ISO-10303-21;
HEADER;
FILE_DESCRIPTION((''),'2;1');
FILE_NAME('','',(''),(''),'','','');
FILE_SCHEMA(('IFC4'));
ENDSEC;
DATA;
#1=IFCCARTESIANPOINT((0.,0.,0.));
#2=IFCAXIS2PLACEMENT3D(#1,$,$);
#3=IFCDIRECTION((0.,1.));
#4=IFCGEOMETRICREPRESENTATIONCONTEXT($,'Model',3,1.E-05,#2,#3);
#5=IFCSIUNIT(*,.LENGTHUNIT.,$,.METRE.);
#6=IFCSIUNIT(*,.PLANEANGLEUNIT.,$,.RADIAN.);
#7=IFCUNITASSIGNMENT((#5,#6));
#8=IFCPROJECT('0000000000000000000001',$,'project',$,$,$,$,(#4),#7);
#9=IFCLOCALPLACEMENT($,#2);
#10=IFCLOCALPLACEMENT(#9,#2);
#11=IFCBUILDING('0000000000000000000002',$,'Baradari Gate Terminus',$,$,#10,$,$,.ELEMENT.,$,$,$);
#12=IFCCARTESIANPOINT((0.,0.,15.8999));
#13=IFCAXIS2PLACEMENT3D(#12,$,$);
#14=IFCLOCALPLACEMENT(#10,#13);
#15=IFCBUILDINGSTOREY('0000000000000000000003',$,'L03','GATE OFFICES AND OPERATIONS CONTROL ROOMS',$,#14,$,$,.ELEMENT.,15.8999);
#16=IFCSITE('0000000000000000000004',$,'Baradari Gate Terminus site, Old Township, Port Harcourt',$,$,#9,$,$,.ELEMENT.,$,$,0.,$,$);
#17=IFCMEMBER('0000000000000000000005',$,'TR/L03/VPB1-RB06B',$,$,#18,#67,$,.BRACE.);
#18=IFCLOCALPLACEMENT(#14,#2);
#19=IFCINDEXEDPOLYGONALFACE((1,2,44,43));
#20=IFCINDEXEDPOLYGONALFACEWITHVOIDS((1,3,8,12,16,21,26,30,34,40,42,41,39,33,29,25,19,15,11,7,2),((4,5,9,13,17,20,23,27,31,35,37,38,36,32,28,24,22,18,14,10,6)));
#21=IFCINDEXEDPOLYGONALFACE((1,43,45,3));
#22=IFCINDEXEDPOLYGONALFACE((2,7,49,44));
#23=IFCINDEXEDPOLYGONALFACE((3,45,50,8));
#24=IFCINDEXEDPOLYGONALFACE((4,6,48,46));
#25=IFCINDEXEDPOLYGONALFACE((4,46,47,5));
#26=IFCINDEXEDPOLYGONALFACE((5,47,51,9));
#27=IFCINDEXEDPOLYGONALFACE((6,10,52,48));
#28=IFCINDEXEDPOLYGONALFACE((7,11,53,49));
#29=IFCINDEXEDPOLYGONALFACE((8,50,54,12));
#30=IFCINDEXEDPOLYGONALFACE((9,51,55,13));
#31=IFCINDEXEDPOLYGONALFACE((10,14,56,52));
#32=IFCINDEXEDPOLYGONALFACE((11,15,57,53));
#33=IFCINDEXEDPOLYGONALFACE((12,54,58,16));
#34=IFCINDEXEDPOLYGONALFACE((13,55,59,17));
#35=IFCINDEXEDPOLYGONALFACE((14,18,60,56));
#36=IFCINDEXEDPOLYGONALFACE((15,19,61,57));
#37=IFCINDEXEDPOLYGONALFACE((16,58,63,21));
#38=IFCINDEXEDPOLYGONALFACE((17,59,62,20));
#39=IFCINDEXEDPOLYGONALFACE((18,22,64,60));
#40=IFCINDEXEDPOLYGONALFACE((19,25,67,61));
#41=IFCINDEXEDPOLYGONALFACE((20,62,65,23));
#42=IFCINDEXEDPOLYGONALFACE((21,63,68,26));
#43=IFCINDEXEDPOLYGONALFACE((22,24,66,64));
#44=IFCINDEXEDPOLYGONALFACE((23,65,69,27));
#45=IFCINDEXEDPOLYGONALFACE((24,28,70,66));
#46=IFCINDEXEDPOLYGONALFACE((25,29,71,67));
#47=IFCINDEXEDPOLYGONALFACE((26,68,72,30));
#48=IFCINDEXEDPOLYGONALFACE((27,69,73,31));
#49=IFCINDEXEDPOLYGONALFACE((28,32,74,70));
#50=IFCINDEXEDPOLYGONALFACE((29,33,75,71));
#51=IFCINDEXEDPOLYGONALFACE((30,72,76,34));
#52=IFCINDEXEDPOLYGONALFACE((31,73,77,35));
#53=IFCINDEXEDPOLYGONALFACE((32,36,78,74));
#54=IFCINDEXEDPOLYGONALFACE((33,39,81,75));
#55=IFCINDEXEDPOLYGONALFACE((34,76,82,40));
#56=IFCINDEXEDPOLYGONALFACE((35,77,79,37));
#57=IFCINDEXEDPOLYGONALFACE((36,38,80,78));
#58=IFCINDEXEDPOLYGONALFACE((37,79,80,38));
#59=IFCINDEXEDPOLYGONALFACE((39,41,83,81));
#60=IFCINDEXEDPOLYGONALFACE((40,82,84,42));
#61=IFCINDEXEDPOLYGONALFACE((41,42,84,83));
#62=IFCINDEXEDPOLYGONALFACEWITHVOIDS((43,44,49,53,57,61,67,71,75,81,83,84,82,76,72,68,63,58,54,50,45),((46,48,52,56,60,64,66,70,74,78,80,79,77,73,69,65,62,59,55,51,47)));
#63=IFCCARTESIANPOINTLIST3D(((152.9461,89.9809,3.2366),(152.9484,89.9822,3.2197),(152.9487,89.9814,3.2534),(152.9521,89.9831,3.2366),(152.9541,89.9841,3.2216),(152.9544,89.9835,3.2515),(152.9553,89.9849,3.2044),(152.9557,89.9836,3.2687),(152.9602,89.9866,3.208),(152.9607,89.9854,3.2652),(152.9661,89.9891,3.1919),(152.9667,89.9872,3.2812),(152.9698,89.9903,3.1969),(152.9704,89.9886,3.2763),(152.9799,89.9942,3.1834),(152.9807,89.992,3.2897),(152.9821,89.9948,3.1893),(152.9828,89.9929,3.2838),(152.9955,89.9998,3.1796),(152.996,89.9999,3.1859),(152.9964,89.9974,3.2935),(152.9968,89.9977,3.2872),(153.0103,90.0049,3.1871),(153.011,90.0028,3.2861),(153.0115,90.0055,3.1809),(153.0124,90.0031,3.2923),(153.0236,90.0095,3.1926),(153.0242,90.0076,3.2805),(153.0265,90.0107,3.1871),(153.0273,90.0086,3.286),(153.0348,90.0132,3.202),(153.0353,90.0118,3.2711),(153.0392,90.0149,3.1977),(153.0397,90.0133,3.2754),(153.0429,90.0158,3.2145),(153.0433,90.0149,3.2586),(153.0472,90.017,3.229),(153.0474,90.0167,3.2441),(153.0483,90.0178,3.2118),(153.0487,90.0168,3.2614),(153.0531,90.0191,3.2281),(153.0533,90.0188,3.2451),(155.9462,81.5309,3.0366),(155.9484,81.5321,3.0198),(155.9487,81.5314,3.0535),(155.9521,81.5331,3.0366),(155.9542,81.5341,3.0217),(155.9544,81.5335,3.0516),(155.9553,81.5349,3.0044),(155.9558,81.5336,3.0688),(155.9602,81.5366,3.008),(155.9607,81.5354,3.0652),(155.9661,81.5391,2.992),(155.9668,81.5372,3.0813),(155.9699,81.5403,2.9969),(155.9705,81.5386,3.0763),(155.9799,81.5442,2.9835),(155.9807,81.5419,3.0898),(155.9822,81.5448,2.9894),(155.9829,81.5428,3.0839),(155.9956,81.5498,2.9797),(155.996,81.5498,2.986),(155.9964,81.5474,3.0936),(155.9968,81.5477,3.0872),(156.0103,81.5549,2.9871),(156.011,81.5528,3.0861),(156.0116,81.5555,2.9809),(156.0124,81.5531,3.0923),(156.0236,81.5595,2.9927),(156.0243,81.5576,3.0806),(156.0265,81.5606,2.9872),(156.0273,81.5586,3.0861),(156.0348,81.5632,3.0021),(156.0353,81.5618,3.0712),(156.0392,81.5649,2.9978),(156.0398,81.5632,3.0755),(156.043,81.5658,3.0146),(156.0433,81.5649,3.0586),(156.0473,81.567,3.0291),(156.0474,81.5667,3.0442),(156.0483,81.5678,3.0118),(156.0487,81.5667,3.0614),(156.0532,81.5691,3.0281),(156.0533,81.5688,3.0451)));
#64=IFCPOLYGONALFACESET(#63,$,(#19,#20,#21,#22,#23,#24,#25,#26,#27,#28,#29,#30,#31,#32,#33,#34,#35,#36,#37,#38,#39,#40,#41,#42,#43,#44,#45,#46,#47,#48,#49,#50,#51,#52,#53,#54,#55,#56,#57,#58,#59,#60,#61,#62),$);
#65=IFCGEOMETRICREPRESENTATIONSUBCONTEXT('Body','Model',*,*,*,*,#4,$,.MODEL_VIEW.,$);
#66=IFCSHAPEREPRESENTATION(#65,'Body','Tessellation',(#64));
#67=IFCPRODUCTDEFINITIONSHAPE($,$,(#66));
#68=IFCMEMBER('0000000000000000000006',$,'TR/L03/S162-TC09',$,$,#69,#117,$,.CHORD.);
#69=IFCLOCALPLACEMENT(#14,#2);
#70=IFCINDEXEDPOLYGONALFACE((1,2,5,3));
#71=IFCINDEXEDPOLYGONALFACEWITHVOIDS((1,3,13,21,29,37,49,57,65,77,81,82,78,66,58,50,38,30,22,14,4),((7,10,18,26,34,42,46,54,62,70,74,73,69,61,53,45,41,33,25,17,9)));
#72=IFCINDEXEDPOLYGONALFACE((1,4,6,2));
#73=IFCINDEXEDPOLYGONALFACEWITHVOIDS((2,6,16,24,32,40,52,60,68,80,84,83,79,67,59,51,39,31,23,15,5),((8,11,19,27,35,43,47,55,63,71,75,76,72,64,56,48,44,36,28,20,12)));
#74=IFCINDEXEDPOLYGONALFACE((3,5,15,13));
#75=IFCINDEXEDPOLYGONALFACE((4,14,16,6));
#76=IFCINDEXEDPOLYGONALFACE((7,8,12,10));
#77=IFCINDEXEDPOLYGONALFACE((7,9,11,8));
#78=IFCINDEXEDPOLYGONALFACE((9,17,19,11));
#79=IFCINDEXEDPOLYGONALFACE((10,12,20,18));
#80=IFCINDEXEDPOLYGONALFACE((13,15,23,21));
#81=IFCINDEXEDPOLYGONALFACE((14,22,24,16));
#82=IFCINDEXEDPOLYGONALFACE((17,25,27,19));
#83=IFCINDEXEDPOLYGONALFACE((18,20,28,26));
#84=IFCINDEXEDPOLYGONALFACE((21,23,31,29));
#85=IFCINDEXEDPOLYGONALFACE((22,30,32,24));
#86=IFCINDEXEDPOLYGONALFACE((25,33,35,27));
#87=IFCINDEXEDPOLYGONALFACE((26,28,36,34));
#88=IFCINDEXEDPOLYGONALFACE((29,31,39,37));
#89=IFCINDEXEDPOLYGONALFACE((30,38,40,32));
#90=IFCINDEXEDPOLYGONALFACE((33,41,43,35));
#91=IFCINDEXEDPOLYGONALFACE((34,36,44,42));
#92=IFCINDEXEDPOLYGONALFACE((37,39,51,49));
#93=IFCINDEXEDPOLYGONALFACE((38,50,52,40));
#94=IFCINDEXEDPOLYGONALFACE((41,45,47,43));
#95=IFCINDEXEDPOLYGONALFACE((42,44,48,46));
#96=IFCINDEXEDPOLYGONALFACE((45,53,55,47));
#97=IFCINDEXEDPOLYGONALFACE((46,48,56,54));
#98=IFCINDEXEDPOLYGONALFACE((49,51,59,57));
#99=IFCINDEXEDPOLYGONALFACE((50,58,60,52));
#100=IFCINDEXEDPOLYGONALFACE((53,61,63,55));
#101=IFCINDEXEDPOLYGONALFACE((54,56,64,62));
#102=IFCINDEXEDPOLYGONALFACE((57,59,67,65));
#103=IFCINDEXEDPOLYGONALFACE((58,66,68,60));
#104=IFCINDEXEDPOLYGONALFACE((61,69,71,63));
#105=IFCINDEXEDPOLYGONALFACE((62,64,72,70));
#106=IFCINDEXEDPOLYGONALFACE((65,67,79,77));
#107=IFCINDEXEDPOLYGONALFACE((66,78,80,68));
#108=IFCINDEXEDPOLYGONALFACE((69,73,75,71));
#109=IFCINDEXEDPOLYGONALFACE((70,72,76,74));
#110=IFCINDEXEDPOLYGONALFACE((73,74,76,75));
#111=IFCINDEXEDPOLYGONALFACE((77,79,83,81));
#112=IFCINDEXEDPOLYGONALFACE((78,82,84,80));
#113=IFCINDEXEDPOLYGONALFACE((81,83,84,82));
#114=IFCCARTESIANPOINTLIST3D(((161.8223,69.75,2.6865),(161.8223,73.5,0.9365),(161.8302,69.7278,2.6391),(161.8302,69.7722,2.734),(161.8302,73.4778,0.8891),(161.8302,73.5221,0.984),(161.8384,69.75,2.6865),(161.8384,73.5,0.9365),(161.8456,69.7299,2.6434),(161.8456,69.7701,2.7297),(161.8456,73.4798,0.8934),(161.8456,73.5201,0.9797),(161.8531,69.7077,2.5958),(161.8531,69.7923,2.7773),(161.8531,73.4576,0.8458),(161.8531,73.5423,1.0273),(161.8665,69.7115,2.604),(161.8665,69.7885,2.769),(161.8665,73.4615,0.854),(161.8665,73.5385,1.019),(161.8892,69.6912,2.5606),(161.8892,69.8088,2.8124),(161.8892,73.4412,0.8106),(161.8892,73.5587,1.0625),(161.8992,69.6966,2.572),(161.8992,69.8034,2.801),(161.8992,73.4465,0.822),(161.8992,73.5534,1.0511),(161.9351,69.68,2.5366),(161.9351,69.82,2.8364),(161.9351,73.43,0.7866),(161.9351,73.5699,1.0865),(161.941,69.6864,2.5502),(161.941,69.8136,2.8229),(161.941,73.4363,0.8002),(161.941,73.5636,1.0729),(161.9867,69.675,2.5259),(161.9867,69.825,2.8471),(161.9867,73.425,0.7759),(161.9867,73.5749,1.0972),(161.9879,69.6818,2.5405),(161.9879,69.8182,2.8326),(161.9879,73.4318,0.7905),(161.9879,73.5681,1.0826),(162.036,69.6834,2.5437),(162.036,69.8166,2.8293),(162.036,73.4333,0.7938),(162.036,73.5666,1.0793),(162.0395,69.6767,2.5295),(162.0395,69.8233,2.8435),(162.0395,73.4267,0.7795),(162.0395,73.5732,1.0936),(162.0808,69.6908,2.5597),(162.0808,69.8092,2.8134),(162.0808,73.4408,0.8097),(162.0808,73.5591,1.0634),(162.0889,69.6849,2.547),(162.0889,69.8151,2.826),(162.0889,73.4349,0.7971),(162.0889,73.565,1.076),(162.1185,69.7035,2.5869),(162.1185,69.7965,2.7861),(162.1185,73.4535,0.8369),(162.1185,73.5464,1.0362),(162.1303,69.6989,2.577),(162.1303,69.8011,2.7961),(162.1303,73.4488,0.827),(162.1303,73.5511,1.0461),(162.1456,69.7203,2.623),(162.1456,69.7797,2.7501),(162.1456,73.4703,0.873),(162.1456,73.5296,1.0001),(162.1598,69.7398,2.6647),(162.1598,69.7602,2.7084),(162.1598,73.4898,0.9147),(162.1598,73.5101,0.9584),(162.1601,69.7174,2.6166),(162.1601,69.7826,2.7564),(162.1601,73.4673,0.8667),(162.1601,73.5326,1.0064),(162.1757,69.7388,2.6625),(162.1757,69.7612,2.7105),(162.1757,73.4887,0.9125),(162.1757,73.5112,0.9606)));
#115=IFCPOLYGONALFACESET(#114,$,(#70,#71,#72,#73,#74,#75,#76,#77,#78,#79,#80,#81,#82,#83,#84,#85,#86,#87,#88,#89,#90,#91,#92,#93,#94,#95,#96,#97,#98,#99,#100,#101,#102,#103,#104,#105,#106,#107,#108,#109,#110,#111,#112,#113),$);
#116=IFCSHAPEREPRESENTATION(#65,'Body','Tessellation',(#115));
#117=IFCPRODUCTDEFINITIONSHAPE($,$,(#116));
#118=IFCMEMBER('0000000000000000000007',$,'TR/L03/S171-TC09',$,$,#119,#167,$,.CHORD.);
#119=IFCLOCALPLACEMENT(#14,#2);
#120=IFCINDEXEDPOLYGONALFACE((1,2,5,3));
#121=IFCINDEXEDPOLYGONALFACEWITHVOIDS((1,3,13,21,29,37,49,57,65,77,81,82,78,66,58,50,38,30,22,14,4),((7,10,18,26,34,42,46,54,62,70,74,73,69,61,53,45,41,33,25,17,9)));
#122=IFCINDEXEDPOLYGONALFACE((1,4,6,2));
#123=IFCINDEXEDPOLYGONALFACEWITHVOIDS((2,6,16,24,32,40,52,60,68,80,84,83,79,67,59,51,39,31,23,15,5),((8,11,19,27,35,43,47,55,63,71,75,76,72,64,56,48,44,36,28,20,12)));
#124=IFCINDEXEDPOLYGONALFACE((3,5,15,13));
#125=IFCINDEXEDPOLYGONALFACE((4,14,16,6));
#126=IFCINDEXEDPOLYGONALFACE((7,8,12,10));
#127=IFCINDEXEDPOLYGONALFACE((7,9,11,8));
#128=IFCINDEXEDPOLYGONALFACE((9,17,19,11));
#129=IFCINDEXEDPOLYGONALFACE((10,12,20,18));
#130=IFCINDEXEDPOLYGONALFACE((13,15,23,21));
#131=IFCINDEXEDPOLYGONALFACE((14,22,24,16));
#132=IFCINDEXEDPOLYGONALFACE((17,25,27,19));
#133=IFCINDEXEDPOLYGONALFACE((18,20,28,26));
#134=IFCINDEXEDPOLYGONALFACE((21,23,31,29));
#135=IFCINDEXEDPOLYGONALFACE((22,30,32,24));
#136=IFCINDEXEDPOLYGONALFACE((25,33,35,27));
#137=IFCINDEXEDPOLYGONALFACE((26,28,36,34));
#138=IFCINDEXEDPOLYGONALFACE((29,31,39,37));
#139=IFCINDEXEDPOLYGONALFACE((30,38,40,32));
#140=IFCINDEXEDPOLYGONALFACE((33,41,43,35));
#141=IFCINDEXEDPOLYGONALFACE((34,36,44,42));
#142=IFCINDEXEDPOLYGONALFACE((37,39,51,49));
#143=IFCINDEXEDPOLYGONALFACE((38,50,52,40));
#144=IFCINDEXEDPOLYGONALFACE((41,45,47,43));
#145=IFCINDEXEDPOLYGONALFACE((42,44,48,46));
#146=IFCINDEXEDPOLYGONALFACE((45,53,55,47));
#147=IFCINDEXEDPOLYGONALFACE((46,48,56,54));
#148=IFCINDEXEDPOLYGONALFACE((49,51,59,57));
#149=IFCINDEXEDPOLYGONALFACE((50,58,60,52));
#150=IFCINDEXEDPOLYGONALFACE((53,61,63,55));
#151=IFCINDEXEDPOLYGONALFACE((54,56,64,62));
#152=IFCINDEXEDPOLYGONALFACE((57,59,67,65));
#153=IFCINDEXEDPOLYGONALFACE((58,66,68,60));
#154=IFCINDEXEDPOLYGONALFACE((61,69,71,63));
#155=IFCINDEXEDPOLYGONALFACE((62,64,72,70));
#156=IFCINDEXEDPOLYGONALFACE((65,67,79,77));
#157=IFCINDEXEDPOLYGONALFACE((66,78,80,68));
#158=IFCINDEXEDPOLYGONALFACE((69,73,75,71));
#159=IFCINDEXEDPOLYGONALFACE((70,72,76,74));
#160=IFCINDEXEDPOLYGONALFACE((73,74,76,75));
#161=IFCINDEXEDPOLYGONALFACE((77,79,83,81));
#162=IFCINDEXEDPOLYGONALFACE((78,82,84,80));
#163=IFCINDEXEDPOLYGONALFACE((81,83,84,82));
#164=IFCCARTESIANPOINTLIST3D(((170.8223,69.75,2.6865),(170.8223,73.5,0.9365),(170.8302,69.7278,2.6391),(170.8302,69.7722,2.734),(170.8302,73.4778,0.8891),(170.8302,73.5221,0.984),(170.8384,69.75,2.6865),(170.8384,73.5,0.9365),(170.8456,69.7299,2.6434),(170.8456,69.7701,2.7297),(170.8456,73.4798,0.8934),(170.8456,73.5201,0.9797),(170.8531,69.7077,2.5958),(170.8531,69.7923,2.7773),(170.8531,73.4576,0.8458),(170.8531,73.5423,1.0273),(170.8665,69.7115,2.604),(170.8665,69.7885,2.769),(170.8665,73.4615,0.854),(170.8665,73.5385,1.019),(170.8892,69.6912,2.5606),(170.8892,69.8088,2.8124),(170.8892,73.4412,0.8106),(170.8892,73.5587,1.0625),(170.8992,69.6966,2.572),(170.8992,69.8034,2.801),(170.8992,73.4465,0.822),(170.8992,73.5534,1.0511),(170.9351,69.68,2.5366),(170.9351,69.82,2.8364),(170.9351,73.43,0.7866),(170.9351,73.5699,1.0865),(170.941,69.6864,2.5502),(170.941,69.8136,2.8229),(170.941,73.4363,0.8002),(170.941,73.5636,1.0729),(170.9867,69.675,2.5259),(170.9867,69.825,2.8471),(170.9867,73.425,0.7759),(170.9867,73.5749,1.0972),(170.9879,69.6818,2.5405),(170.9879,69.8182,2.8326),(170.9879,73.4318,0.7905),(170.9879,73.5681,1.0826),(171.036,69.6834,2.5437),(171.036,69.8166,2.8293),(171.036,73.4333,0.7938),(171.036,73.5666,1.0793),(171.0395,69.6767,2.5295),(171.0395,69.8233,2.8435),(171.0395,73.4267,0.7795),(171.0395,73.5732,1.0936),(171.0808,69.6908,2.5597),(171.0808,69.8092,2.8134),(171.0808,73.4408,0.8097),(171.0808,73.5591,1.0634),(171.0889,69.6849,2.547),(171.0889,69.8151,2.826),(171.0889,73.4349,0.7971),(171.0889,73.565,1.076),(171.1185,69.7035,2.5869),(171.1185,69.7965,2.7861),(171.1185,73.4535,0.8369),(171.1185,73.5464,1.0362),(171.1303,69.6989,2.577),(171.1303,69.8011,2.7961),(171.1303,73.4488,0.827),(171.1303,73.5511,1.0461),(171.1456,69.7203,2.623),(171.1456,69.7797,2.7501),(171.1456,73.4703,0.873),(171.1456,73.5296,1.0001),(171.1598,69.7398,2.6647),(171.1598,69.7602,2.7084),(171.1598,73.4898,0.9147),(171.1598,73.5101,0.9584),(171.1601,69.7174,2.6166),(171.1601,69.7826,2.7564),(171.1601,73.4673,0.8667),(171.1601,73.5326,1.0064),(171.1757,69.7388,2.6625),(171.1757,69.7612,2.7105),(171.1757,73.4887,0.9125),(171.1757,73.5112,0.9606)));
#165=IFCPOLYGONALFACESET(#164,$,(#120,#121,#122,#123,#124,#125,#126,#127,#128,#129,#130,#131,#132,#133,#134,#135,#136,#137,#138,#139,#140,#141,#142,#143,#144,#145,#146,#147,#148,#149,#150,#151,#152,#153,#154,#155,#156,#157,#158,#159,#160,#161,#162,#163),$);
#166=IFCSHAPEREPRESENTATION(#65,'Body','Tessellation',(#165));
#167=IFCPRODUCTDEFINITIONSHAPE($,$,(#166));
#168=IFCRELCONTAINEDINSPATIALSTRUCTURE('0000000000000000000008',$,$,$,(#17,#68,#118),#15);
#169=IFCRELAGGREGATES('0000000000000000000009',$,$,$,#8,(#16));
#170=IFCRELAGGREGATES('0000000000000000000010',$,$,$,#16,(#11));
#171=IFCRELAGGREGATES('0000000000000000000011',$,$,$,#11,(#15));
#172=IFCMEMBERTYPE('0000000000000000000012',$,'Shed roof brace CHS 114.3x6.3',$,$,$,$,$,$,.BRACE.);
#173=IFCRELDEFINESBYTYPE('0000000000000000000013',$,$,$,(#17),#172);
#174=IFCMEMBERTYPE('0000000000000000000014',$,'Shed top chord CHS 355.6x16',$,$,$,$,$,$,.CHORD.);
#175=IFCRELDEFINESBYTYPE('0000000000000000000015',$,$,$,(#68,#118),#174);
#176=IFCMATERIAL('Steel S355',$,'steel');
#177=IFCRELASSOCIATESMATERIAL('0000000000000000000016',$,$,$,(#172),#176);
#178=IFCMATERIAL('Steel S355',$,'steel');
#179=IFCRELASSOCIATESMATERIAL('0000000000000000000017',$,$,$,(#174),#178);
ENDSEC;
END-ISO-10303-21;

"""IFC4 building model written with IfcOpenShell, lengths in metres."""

from ifc_helpers import new_model, si_unit, direction, frame, origin, origin_2d, place, context, subcontext, project, spatial, hollow_circle, extrude, material, material_profile, profile_set, type_object, element, save


model = new_model("IFC4")

# Units and contexts
model_context = context("Model", 3, precision=1e-05, world=origin(), true_north=direction((0.0, 1.0)))
body_context = subcontext(model_context, "Body", "Model", "MODEL_VIEW")
ifc_project = project(units=[si_unit("LENGTHUNIT", "METRE"), si_unit("PLANEANGLEUNIT", "RADIAN")], contexts=[model_context])

# Site, building, storey
site_placement = place(None, origin())
site = spatial("IfcSite", under=ifc_project, at=site_placement, Name="Baradari Gate Terminus site, Old Township, Port Harcourt", CompositionType="ELEMENT", RefElevation=0.0)
building_placement = place(site_placement, origin())
building = spatial("IfcBuilding", under=site, at=building_placement, Name="Baradari Gate Terminus", CompositionType="ELEMENT")
storey_placement = place(building_placement, frame((0.0, 0.0, 15.8999)))
storey = spatial("IfcBuildingStorey", under=building, at=storey_placement, Name="L03", Description="GATE OFFICES AND OPERATIONS CONTROL ROOMS", CompositionType="ELEMENT", Elevation=15.8999)

# Members
ifc_material_1 = material(Name="Steel S355", Category="steel")
ifc_material_profile_1 = material_profile(ifc_material_1, hollow_circle(Radius=0.0571, WallThickness=0.0063, at=origin_2d()), Name="CHS 114.3x6.3")
ifc_profile_set_1 = profile_set([ifc_material_profile_1], Name="Steel S355")
member_type_1 = type_object("IfcMemberType", Name="Shed roof brace CHS 114.3x6.3", PredefinedType="BRACE", material=ifc_profile_set_1)
member_1_placement = place(storey_placement, frame((156.0, 81.55, 3.0366), z_axis=(-0.334488, 0.942136, 0.022294), x_axis=(-0.94237, -0.334571, 0.0)))
element("IfcMember", 1, at=member_1_placement, inside=storey, type_object=member_type_1, Name="TR/L03/VPB1-RB06B", PredefinedType="BRACE", context=body_context, shape_type="SweptSolid", body=[
    extrude(hollow_circle(Radius=0.0571, WallThickness=0.0063, at=origin_2d()), origin(), (0.0, 0.0, 1.0), 8.969),
])
ifc_material_2 = material(Name="Steel S355", Category="steel")
ifc_material_profile_2 = material_profile(ifc_material_2, hollow_circle(Radius=0.1777, WallThickness=0.0161, at=origin_2d()), Name="CHS 355.6x16")
ifc_profile_set_2 = profile_set([ifc_material_profile_2], Name="Steel S355")
member_type_2 = type_object("IfcMemberType", Name="Shed top chord CHS 355.6x16", PredefinedType="CHORD", material=ifc_profile_set_2)
for number, where, z_axis, x_axis, name in (
    (2, (162.0, 69.75, 2.6865), (0.0, 0.906183, -0.422885), (-1.0, 0.0, 0.0), "TR/L03/S162-TC09"),
    (3, (171.0, 69.75, 2.6865), (0.0, 0.906183, -0.422885), (-1.0, 0.0, 0.0), "TR/L03/S171-TC09"),
):
    element("IfcMember", number, at=place(storey_placement, frame(where, z_axis=z_axis, x_axis=x_axis)), inside=storey, type_object=member_type_2, Name=name, PredefinedType="CHORD", context=body_context, shape_type="SweptSolid", body=[
        extrude(hollow_circle(Radius=0.1777, WallThickness=0.0161, at=origin_2d()), origin(), (0.0, 0.0, 1.0), 4.1382),
    ])

save(model, "model.ifc")
